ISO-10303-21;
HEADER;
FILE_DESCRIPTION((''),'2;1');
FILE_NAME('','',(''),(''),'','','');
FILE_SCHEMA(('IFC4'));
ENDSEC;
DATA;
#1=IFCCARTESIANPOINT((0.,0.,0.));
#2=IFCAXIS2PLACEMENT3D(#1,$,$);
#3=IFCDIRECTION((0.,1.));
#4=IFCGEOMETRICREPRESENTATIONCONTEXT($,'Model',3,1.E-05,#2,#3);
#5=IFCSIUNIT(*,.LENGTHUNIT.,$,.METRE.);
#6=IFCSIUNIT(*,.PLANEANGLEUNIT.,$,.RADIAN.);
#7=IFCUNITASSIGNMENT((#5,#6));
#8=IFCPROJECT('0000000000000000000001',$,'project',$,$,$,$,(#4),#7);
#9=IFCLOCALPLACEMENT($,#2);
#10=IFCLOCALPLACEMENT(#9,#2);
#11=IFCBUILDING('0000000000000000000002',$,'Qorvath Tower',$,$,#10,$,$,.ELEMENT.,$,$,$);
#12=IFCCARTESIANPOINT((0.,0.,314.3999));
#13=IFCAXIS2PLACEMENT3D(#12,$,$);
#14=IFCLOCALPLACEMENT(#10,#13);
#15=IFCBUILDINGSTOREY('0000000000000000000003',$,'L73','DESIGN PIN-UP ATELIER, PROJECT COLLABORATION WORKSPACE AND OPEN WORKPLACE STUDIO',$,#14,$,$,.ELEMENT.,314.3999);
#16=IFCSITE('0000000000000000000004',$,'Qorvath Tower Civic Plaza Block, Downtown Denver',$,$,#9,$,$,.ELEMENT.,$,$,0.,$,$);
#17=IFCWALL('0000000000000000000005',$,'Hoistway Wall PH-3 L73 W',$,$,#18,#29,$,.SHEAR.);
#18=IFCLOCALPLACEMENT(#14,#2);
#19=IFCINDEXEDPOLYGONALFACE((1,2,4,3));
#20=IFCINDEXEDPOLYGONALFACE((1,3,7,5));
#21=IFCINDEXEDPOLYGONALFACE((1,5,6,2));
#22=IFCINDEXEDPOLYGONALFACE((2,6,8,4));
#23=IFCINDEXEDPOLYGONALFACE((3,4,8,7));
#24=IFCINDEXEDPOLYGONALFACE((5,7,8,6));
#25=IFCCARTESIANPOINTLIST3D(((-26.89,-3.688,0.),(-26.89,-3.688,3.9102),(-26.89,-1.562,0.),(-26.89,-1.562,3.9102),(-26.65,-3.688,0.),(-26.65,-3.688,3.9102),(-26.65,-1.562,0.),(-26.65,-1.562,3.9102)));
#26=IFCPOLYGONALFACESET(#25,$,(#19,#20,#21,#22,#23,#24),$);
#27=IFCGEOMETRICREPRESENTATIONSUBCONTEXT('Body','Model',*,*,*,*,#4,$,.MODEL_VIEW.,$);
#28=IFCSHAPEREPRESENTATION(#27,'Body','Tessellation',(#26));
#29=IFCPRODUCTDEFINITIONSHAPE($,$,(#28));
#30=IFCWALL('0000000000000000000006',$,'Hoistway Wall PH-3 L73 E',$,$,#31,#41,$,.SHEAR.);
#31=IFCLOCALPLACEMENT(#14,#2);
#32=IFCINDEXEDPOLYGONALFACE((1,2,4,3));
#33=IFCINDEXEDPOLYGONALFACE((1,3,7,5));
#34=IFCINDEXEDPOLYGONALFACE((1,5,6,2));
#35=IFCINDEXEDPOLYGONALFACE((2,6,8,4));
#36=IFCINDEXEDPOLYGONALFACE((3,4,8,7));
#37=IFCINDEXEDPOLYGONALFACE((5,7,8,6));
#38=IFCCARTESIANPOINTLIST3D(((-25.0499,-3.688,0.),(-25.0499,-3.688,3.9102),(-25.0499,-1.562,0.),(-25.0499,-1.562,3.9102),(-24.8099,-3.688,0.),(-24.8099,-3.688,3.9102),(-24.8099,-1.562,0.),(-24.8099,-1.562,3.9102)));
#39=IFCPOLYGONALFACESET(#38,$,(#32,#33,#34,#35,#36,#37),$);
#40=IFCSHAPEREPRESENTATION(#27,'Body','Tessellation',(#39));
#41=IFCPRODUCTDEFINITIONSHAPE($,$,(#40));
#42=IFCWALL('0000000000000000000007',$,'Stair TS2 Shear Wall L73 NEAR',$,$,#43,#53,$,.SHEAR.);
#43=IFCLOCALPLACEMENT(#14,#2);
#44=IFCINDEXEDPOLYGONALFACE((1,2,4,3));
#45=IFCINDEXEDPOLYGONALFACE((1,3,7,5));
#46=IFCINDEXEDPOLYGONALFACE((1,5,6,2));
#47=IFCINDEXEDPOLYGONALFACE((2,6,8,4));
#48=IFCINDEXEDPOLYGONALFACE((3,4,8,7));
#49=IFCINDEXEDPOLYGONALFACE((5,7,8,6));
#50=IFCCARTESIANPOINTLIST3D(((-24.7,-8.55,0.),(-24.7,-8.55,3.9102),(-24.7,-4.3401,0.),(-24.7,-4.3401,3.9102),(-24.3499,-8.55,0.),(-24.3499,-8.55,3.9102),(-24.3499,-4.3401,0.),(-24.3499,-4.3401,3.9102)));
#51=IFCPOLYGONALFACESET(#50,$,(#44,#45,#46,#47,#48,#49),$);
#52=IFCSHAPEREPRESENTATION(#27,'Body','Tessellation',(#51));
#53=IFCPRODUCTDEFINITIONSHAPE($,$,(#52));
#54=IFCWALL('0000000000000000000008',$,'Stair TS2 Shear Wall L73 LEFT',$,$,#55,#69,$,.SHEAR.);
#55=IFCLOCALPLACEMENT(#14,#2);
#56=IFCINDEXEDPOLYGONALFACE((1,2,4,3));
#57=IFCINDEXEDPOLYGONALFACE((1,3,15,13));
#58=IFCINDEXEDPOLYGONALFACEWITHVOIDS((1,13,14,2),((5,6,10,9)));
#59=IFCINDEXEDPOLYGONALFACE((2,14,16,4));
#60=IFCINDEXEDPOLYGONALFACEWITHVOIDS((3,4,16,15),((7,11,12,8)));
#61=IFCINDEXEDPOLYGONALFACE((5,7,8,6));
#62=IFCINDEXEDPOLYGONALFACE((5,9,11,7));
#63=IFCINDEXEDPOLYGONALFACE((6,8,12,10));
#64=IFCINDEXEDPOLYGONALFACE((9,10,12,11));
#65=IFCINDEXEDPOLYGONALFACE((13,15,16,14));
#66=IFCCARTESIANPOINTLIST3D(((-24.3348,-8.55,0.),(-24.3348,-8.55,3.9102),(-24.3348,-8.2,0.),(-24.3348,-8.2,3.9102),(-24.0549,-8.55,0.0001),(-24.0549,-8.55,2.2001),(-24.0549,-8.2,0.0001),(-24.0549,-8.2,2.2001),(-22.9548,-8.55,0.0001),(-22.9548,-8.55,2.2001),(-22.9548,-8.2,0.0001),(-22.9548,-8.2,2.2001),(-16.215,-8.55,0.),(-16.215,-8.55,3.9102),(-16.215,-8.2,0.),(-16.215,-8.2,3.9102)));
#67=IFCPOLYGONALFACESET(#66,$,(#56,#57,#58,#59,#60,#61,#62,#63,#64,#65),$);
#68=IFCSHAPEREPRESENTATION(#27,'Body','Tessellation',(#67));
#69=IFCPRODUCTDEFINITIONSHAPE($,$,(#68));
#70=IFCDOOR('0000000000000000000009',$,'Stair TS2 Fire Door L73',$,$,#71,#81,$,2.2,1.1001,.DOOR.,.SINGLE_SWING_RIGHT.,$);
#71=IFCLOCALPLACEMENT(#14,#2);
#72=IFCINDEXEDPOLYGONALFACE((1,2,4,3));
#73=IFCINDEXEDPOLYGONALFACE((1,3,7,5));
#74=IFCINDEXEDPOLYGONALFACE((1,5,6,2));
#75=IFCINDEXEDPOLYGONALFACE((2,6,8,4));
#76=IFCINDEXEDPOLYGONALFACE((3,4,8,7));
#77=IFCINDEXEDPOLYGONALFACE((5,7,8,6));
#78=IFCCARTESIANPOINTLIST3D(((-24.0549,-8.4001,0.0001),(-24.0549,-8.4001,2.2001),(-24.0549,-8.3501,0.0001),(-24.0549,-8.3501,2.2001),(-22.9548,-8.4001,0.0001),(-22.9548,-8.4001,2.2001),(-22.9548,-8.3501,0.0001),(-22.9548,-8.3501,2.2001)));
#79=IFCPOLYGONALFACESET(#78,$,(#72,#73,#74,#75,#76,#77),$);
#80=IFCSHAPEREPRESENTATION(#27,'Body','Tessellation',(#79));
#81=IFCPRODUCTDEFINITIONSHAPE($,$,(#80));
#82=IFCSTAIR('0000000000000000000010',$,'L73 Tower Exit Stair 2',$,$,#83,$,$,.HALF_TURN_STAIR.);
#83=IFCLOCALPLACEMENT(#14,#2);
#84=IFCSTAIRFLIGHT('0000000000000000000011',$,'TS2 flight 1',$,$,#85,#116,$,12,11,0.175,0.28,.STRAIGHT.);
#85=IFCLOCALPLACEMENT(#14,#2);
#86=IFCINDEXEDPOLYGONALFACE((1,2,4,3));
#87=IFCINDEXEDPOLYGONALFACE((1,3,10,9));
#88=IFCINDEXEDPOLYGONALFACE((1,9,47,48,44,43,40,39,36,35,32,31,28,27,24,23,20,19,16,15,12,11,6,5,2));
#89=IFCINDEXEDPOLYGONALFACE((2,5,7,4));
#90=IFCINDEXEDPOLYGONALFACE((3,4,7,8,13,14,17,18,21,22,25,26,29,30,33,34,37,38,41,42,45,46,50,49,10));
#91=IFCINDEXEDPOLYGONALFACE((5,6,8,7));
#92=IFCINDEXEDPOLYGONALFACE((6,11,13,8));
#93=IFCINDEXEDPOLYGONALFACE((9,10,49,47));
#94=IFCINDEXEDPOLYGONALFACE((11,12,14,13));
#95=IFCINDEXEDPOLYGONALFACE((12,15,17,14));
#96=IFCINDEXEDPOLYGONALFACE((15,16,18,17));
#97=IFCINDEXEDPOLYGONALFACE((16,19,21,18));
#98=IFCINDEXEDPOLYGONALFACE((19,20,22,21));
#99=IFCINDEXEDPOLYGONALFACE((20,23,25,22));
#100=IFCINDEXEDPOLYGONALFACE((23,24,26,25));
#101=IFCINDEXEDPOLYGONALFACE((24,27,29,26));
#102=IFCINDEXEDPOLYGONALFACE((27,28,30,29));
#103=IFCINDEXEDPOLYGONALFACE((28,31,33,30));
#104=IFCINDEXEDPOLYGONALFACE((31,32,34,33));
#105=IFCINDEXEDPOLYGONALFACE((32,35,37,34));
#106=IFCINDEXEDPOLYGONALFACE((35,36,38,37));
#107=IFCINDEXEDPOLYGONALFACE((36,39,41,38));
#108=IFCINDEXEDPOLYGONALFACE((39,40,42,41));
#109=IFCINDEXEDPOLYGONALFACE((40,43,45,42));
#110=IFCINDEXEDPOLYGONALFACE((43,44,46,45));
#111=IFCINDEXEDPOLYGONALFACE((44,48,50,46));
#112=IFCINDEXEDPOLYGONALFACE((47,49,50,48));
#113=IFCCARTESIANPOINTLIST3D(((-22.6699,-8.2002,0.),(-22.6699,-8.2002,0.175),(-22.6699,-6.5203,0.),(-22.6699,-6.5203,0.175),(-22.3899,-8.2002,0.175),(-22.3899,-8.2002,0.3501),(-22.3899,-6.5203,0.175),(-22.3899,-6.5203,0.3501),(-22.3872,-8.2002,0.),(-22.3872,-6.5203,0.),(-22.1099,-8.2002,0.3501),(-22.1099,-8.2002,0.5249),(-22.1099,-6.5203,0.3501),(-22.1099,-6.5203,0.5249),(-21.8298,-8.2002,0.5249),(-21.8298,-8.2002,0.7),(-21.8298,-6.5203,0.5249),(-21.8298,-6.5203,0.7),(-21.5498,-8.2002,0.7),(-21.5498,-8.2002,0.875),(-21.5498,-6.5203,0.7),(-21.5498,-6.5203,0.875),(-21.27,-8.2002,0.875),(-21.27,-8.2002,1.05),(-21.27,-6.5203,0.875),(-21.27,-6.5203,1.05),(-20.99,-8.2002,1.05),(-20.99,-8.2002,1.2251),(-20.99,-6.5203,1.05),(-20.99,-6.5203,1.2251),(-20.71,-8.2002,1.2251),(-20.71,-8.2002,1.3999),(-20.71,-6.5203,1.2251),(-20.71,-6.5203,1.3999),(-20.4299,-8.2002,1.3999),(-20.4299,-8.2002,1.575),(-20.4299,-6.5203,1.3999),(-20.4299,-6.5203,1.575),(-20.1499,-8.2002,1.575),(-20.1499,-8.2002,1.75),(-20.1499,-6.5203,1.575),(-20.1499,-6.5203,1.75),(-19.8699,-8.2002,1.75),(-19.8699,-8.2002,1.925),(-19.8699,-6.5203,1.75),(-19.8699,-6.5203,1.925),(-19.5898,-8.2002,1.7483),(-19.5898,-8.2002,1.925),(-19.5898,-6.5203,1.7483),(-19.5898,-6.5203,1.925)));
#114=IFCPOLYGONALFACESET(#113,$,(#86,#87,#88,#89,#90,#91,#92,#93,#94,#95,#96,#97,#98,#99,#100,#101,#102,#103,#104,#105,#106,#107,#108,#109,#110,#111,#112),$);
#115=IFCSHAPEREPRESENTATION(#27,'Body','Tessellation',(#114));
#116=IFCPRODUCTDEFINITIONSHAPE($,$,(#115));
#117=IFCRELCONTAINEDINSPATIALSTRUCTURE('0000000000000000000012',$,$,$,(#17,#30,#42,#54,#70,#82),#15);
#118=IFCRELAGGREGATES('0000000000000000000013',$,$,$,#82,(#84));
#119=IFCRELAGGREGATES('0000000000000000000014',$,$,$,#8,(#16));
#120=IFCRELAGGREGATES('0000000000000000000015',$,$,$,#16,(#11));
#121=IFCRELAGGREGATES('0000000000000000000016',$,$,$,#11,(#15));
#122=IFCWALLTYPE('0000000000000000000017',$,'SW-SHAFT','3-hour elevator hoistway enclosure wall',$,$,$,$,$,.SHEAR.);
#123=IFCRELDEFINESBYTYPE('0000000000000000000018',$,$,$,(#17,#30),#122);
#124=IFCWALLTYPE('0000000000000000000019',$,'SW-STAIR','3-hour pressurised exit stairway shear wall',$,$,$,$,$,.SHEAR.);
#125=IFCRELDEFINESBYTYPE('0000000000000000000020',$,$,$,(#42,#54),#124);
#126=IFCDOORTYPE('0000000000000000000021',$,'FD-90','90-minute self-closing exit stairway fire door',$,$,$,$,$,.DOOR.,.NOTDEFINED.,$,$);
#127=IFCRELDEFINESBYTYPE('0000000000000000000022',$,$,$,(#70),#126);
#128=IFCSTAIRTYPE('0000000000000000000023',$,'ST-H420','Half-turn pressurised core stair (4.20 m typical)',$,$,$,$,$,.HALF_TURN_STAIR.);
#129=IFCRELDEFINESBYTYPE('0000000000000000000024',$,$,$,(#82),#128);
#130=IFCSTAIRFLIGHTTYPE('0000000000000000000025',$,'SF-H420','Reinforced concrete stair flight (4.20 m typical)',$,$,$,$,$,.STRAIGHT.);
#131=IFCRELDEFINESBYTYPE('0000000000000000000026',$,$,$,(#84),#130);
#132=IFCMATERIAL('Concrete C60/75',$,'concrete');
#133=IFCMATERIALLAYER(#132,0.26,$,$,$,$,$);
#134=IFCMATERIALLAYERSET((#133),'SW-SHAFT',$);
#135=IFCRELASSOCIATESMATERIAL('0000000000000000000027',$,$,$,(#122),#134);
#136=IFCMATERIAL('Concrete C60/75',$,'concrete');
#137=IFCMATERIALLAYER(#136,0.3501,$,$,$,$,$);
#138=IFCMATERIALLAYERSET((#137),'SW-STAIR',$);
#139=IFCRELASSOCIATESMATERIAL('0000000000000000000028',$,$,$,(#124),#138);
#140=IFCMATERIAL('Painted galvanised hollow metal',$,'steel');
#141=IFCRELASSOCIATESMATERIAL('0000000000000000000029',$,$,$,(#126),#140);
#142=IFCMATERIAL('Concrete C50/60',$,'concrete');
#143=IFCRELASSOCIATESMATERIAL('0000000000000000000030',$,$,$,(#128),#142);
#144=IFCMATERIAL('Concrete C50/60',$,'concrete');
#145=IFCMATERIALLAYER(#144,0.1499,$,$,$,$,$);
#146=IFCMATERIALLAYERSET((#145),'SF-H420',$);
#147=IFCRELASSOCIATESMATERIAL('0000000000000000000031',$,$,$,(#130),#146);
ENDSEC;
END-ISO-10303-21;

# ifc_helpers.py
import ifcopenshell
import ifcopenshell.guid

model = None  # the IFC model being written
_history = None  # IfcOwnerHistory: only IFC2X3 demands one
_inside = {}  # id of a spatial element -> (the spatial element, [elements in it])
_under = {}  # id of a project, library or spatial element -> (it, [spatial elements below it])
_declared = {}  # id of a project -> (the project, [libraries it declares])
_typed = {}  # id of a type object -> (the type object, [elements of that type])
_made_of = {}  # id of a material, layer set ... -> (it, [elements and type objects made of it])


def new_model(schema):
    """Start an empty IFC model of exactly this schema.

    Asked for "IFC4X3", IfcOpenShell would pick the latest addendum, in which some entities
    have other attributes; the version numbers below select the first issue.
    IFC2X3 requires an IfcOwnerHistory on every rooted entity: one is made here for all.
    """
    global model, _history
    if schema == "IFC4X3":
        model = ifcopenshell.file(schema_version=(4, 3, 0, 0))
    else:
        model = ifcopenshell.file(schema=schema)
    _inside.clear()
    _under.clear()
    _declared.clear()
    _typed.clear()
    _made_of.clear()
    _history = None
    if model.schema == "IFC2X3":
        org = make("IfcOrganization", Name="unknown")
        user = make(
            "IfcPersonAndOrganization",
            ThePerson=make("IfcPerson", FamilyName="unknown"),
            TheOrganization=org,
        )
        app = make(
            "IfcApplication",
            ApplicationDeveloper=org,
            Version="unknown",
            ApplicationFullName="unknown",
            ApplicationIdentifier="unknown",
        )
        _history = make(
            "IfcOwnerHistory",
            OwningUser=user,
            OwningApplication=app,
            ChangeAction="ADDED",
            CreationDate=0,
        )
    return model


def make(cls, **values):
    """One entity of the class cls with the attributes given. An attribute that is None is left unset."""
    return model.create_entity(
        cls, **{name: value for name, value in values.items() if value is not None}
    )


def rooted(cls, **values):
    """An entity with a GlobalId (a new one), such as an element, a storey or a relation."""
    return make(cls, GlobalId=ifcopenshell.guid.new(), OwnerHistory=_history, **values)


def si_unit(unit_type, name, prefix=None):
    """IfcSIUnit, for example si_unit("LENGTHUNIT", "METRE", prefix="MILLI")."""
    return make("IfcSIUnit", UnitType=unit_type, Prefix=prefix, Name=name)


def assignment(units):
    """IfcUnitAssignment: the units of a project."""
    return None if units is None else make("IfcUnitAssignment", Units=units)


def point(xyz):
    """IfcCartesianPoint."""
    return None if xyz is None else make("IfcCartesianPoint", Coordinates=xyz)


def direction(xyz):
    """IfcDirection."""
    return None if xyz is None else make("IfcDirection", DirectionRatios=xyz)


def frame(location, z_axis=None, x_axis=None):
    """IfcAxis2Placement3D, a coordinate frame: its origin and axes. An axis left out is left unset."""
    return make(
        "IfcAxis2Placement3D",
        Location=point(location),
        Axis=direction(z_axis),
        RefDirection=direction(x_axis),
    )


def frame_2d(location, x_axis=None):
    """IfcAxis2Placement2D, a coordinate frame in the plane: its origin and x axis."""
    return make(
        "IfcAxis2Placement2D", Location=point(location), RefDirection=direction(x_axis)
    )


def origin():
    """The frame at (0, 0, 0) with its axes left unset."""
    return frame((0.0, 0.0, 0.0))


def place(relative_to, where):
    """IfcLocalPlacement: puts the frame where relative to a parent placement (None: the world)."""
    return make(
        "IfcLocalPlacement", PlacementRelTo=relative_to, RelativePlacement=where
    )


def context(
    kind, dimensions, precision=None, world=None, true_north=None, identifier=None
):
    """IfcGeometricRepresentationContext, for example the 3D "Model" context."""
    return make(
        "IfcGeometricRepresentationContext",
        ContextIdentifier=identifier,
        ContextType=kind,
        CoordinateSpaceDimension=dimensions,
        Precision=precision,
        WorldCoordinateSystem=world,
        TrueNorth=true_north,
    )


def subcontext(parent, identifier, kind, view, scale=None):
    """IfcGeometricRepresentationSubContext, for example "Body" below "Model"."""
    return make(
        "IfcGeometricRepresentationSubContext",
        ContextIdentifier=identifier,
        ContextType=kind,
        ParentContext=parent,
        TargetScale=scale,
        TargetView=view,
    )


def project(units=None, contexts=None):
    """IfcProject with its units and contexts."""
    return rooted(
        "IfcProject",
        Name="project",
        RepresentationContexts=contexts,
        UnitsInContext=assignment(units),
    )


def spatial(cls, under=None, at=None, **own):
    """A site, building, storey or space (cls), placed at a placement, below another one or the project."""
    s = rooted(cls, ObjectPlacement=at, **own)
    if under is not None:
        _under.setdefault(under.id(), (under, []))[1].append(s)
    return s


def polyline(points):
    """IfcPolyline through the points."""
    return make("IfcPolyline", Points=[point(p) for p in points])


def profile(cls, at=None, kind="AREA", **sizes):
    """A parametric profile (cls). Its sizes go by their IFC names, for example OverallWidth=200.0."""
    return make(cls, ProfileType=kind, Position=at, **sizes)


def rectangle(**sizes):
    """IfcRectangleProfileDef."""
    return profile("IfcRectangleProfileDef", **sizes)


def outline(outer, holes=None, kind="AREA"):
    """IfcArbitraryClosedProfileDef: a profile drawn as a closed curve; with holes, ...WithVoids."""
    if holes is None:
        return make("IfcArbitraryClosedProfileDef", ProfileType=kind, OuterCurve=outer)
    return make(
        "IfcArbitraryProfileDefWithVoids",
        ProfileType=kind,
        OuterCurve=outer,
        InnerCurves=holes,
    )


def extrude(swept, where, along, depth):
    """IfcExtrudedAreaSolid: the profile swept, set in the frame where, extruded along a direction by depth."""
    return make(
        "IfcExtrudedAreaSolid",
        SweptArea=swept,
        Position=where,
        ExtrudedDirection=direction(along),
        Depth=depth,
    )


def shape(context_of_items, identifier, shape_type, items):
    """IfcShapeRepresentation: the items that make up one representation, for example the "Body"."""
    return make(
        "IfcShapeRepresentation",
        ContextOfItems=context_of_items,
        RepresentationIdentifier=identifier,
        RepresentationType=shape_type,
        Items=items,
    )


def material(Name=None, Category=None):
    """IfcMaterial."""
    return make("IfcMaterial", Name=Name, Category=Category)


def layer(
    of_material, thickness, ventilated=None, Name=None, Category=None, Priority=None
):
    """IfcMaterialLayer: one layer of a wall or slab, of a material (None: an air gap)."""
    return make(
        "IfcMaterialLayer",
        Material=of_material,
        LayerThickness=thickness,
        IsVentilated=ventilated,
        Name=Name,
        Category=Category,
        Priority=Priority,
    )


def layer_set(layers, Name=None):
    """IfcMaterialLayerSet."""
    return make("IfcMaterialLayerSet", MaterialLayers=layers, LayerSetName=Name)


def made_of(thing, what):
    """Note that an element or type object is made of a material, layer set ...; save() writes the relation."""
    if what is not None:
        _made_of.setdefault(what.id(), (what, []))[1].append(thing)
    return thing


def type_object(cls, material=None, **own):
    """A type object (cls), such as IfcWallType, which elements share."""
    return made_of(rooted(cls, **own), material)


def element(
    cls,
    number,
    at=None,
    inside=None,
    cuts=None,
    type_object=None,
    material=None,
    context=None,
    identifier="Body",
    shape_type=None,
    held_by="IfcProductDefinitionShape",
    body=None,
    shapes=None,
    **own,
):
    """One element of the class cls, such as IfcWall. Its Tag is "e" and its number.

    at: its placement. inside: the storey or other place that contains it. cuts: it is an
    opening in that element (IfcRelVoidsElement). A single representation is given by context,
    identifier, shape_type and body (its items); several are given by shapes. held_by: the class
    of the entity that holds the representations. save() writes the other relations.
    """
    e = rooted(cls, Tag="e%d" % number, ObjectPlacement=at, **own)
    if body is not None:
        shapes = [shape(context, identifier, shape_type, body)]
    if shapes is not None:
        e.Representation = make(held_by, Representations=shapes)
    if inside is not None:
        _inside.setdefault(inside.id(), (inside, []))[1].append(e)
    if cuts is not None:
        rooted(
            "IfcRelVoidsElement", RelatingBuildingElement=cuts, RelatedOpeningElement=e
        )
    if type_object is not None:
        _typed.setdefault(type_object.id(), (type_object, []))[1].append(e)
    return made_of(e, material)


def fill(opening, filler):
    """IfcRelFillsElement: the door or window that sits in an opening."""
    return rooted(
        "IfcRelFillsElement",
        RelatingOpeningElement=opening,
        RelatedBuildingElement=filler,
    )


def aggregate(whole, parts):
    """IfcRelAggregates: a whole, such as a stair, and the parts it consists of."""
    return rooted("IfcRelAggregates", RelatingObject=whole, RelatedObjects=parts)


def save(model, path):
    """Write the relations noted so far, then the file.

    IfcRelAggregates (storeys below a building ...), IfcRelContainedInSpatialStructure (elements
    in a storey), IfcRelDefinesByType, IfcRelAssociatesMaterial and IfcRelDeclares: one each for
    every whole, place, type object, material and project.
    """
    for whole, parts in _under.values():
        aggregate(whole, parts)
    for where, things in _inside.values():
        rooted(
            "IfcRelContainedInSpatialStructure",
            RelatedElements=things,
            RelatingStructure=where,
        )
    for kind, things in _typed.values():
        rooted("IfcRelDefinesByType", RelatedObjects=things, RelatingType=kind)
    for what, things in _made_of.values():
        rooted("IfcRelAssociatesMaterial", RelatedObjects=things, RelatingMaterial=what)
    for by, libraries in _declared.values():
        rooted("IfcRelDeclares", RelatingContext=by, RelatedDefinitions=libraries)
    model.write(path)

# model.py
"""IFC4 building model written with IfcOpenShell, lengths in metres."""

from ifc_helpers import new_model, si_unit, direction, frame, frame_2d, origin, place, context, subcontext, project, spatial, polyline, rectangle, outline, extrude, material, layer, layer_set, type_object, element, fill, aggregate, save


model = new_model("IFC4")

# Units and contexts
model_context = context("Model", 3, precision=1e-05, world=origin(), true_north=direction((0.0, 1.0)))
body_context = subcontext(model_context, "Body", "Model", "MODEL_VIEW")
ifc_project = project(units=[si_unit("LENGTHUNIT", "METRE"), si_unit("PLANEANGLEUNIT", "RADIAN")], contexts=[model_context])

# Site, building, storey
site_placement = place(None, origin())
site = spatial("IfcSite", under=ifc_project, at=site_placement, Name="Qorvath Tower Civic Plaza Block, Downtown Denver", CompositionType="ELEMENT", RefElevation=0.0)
building_placement = place(site_placement, origin())
building = spatial("IfcBuilding", under=site, at=building_placement, Name="Qorvath Tower", CompositionType="ELEMENT")
storey_placement = place(building_placement, frame((0.0, 0.0, 314.3999)))
storey = spatial("IfcBuildingStorey", under=building, at=storey_placement, Name="L73", Description="DESIGN PIN-UP ATELIER, PROJECT COLLABORATION WORKSPACE AND OPEN WORKPLACE STUDIO", CompositionType="ELEMENT", Elevation=314.3999)

# Shared definitions
ifc_material_1 = material(Name="Concrete C60/75", Category="concrete")
ifc_layer_1 = layer(ifc_material_1, 0.26)
ifc_layer_set_1 = layer_set([ifc_layer_1], Name="SW-SHAFT")
wall_type_1 = type_object("IfcWallType", Name="SW-SHAFT", Description="3-hour elevator hoistway enclosure wall", PredefinedType="SHEAR", material=ifc_layer_set_1)

# Walls
for number, where, z_axis, x_axis, name in (
    (1, (-26.77, -3.688, 0.0), (0.0, 0.0, 1.0), (0.0, 1.0, 0.0), "Hoistway Wall PH-3 L73 W"),
    (2, (-24.9299, -1.562, 0.0), (0.0, 0.0, 1.0), (0.0, -1.0, 0.0), "Hoistway Wall PH-3 L73 E"),
):
    element("IfcWall", number, at=place(storey_placement, frame(where, z_axis=z_axis, x_axis=x_axis)), inside=storey, type_object=wall_type_1, Name=name, PredefinedType="SHEAR", context=body_context, shape_type="SweptSolid", body=[
        extrude(rectangle(XDim=2.126, YDim=0.24, at=frame_2d((1.063, 0.0))), origin(), (0.0, 0.0, 1.0), 3.9102),
    ])
ifc_material_2 = material(Name="Concrete C60/75", Category="concrete")
ifc_layer_2 = layer(ifc_material_2, 0.3501)
ifc_layer_set_2 = layer_set([ifc_layer_2], Name="SW-STAIR")
wall_type_2 = type_object("IfcWallType", Name="SW-STAIR", Description="3-hour pressurised exit stairway shear wall", PredefinedType="SHEAR", material=ifc_layer_set_2)
wall_1_placement = place(storey_placement, frame((-24.5249, -4.3401, 0.0), z_axis=(0.0, 0.0, 1.0), x_axis=(0.0, -1.0, 0.0)))
element("IfcWall", 3, at=wall_1_placement, inside=storey, type_object=wall_type_2, Name="Stair TS2 Shear Wall L73 NEAR", PredefinedType="SHEAR", context=body_context, shape_type="SweptSolid", body=[
    extrude(rectangle(XDim=4.21, YDim=0.3501, at=frame_2d((2.105, 0.0))), origin(), (0.0, 0.0, 1.0), 3.9102),
])

# Wall, opening, door
wall_2_placement = place(storey_placement, frame((-24.335, -8.375, 0.0), z_axis=(0.0, 0.0, 1.0), x_axis=(1.0, 0.0, 0.0)))
wall_2 = element("IfcWall", 4, at=wall_2_placement, inside=storey, type_object=wall_type_2, Name="Stair TS2 Shear Wall L73 LEFT", PredefinedType="SHEAR", context=body_context, shape_type="SweptSolid", body=[
    extrude(rectangle(XDim=8.1199, YDim=0.3501, at=frame_2d((4.0601, 0.0))), origin(), (0.0, 0.0, 1.0), 3.9102),
])
opening_1_placement = place(wall_2_placement, frame((0.28, 0.0, 0.0)))
opening_1 = element("IfcOpeningElement", 5, at=opening_1_placement, cuts=wall_2, PredefinedType="OPENING", context=body_context, shape_type="SweptSolid", body=[
    extrude(rectangle(XDim=1.1001, YDim=2.2, at=frame_2d((0.55, 1.1001))), frame((0.0, 0.1851, 0.0), z_axis=(0.0, -1.0, 0.0), x_axis=(1.0, 0.0, 0.0)), (0.0, 0.0, 1.0), 0.3701),
])
ifc_material_3 = material(Name="Painted galvanised hollow metal", Category="steel")
door_type_1 = type_object("IfcDoorType", Name="FD-90", Description="90-minute self-closing exit stairway fire door", OperationType="NOTDEFINED", PredefinedType="DOOR", material=ifc_material_3)
door_1_placement = place(opening_1_placement, origin())
door_1 = element("IfcDoor", 6, at=door_1_placement, inside=storey, type_object=door_type_1, Name="Stair TS2 Fire Door L73", OperationType="SINGLE_SWING_RIGHT", OverallHeight=2.2, OverallWidth=1.1001, PredefinedType="DOOR", context=body_context, shape_type="SweptSolid", body=[
    extrude(rectangle(XDim=1.1001, YDim=2.2, at=frame_2d((0.55, 1.1001))), frame((0.0, 0.0249, 0.0), z_axis=(0.0, -1.0, 0.0), x_axis=(1.0, 0.0, 0.0)), (0.0, 0.0, 1.0), 0.05),
])
fill(opening_1, door_1)

# Stair, stair flight
ifc_material_4 = material(Name="Concrete C50/60", Category="concrete")
stair_type = type_object("IfcStairType", Name="ST-H420", Description="Half-turn pressurised core stair (4.20 m typical)", PredefinedType="HALF_TURN_STAIR", material=ifc_material_4)
stair_placement = place(storey_placement, origin())
stair = element("IfcStair", 7, at=stair_placement, inside=storey, type_object=stair_type, Name="L73 Tower Exit Stair 2", PredefinedType="HALF_TURN_STAIR")
ifc_material_5 = material(Name="Concrete C50/60", Category="concrete")
ifc_layer_3 = layer(ifc_material_5, 0.1499)
ifc_layer_set_3 = layer_set([ifc_layer_3], Name="SF-H420")
stair_flight_type = type_object("IfcStairFlightType", Name="SF-H420", Description="Reinforced concrete stair flight (4.20 m typical)", PredefinedType="STRAIGHT", material=ifc_layer_set_3)
stair_flight_placement = place(storey_placement, frame((-22.6699, -7.3601, 0.0), z_axis=(0.0, 0.0, 1.0), x_axis=(1.0, 0.0, 0.0)))
stair_flight = element("IfcStairFlight", 8, at=stair_flight_placement, type_object=stair_flight_type, Name="TS2 flight 1", NumberOfRisers=12, NumberOfTreads=11, PredefinedType="STRAIGHT", RiserHeight=0.175, TreadLength=0.28, context=body_context, shape_type="SweptSolid", body=[
    extrude(outline(polyline([(0.0, 0.0), (0.0, 0.175), (0.28, 0.175), (0.28, 0.3501), (0.5601, 0.3501), (0.5601, 0.5249), (0.8401, 0.5249), (0.8401, 0.7), (1.1201, 0.7), (1.1201, 0.875), (1.3999, 0.875), (1.3999, 1.05), (1.6799, 1.05), (1.6799, 1.2251), (1.96, 1.2251), (1.96, 1.3999), (2.24, 1.3999), (2.24, 1.575), (2.52, 1.575), (2.52, 1.75), (2.8, 1.75), (2.8, 1.925), (3.0801, 1.925), (3.0801, 2.1001), (3.0801, 1.7483), (0.2827, 0.0), (0.0, 0.0)])), frame((0.0, 0.8398, 0.0), z_axis=(0.0, -1.0, 0.0), x_axis=(1.0, 0.0, 0.0)), (0.0, 0.0, 1.0), 1.6799),
])
aggregate(stair, [stair_flight])

save(model, "model.ifc")
